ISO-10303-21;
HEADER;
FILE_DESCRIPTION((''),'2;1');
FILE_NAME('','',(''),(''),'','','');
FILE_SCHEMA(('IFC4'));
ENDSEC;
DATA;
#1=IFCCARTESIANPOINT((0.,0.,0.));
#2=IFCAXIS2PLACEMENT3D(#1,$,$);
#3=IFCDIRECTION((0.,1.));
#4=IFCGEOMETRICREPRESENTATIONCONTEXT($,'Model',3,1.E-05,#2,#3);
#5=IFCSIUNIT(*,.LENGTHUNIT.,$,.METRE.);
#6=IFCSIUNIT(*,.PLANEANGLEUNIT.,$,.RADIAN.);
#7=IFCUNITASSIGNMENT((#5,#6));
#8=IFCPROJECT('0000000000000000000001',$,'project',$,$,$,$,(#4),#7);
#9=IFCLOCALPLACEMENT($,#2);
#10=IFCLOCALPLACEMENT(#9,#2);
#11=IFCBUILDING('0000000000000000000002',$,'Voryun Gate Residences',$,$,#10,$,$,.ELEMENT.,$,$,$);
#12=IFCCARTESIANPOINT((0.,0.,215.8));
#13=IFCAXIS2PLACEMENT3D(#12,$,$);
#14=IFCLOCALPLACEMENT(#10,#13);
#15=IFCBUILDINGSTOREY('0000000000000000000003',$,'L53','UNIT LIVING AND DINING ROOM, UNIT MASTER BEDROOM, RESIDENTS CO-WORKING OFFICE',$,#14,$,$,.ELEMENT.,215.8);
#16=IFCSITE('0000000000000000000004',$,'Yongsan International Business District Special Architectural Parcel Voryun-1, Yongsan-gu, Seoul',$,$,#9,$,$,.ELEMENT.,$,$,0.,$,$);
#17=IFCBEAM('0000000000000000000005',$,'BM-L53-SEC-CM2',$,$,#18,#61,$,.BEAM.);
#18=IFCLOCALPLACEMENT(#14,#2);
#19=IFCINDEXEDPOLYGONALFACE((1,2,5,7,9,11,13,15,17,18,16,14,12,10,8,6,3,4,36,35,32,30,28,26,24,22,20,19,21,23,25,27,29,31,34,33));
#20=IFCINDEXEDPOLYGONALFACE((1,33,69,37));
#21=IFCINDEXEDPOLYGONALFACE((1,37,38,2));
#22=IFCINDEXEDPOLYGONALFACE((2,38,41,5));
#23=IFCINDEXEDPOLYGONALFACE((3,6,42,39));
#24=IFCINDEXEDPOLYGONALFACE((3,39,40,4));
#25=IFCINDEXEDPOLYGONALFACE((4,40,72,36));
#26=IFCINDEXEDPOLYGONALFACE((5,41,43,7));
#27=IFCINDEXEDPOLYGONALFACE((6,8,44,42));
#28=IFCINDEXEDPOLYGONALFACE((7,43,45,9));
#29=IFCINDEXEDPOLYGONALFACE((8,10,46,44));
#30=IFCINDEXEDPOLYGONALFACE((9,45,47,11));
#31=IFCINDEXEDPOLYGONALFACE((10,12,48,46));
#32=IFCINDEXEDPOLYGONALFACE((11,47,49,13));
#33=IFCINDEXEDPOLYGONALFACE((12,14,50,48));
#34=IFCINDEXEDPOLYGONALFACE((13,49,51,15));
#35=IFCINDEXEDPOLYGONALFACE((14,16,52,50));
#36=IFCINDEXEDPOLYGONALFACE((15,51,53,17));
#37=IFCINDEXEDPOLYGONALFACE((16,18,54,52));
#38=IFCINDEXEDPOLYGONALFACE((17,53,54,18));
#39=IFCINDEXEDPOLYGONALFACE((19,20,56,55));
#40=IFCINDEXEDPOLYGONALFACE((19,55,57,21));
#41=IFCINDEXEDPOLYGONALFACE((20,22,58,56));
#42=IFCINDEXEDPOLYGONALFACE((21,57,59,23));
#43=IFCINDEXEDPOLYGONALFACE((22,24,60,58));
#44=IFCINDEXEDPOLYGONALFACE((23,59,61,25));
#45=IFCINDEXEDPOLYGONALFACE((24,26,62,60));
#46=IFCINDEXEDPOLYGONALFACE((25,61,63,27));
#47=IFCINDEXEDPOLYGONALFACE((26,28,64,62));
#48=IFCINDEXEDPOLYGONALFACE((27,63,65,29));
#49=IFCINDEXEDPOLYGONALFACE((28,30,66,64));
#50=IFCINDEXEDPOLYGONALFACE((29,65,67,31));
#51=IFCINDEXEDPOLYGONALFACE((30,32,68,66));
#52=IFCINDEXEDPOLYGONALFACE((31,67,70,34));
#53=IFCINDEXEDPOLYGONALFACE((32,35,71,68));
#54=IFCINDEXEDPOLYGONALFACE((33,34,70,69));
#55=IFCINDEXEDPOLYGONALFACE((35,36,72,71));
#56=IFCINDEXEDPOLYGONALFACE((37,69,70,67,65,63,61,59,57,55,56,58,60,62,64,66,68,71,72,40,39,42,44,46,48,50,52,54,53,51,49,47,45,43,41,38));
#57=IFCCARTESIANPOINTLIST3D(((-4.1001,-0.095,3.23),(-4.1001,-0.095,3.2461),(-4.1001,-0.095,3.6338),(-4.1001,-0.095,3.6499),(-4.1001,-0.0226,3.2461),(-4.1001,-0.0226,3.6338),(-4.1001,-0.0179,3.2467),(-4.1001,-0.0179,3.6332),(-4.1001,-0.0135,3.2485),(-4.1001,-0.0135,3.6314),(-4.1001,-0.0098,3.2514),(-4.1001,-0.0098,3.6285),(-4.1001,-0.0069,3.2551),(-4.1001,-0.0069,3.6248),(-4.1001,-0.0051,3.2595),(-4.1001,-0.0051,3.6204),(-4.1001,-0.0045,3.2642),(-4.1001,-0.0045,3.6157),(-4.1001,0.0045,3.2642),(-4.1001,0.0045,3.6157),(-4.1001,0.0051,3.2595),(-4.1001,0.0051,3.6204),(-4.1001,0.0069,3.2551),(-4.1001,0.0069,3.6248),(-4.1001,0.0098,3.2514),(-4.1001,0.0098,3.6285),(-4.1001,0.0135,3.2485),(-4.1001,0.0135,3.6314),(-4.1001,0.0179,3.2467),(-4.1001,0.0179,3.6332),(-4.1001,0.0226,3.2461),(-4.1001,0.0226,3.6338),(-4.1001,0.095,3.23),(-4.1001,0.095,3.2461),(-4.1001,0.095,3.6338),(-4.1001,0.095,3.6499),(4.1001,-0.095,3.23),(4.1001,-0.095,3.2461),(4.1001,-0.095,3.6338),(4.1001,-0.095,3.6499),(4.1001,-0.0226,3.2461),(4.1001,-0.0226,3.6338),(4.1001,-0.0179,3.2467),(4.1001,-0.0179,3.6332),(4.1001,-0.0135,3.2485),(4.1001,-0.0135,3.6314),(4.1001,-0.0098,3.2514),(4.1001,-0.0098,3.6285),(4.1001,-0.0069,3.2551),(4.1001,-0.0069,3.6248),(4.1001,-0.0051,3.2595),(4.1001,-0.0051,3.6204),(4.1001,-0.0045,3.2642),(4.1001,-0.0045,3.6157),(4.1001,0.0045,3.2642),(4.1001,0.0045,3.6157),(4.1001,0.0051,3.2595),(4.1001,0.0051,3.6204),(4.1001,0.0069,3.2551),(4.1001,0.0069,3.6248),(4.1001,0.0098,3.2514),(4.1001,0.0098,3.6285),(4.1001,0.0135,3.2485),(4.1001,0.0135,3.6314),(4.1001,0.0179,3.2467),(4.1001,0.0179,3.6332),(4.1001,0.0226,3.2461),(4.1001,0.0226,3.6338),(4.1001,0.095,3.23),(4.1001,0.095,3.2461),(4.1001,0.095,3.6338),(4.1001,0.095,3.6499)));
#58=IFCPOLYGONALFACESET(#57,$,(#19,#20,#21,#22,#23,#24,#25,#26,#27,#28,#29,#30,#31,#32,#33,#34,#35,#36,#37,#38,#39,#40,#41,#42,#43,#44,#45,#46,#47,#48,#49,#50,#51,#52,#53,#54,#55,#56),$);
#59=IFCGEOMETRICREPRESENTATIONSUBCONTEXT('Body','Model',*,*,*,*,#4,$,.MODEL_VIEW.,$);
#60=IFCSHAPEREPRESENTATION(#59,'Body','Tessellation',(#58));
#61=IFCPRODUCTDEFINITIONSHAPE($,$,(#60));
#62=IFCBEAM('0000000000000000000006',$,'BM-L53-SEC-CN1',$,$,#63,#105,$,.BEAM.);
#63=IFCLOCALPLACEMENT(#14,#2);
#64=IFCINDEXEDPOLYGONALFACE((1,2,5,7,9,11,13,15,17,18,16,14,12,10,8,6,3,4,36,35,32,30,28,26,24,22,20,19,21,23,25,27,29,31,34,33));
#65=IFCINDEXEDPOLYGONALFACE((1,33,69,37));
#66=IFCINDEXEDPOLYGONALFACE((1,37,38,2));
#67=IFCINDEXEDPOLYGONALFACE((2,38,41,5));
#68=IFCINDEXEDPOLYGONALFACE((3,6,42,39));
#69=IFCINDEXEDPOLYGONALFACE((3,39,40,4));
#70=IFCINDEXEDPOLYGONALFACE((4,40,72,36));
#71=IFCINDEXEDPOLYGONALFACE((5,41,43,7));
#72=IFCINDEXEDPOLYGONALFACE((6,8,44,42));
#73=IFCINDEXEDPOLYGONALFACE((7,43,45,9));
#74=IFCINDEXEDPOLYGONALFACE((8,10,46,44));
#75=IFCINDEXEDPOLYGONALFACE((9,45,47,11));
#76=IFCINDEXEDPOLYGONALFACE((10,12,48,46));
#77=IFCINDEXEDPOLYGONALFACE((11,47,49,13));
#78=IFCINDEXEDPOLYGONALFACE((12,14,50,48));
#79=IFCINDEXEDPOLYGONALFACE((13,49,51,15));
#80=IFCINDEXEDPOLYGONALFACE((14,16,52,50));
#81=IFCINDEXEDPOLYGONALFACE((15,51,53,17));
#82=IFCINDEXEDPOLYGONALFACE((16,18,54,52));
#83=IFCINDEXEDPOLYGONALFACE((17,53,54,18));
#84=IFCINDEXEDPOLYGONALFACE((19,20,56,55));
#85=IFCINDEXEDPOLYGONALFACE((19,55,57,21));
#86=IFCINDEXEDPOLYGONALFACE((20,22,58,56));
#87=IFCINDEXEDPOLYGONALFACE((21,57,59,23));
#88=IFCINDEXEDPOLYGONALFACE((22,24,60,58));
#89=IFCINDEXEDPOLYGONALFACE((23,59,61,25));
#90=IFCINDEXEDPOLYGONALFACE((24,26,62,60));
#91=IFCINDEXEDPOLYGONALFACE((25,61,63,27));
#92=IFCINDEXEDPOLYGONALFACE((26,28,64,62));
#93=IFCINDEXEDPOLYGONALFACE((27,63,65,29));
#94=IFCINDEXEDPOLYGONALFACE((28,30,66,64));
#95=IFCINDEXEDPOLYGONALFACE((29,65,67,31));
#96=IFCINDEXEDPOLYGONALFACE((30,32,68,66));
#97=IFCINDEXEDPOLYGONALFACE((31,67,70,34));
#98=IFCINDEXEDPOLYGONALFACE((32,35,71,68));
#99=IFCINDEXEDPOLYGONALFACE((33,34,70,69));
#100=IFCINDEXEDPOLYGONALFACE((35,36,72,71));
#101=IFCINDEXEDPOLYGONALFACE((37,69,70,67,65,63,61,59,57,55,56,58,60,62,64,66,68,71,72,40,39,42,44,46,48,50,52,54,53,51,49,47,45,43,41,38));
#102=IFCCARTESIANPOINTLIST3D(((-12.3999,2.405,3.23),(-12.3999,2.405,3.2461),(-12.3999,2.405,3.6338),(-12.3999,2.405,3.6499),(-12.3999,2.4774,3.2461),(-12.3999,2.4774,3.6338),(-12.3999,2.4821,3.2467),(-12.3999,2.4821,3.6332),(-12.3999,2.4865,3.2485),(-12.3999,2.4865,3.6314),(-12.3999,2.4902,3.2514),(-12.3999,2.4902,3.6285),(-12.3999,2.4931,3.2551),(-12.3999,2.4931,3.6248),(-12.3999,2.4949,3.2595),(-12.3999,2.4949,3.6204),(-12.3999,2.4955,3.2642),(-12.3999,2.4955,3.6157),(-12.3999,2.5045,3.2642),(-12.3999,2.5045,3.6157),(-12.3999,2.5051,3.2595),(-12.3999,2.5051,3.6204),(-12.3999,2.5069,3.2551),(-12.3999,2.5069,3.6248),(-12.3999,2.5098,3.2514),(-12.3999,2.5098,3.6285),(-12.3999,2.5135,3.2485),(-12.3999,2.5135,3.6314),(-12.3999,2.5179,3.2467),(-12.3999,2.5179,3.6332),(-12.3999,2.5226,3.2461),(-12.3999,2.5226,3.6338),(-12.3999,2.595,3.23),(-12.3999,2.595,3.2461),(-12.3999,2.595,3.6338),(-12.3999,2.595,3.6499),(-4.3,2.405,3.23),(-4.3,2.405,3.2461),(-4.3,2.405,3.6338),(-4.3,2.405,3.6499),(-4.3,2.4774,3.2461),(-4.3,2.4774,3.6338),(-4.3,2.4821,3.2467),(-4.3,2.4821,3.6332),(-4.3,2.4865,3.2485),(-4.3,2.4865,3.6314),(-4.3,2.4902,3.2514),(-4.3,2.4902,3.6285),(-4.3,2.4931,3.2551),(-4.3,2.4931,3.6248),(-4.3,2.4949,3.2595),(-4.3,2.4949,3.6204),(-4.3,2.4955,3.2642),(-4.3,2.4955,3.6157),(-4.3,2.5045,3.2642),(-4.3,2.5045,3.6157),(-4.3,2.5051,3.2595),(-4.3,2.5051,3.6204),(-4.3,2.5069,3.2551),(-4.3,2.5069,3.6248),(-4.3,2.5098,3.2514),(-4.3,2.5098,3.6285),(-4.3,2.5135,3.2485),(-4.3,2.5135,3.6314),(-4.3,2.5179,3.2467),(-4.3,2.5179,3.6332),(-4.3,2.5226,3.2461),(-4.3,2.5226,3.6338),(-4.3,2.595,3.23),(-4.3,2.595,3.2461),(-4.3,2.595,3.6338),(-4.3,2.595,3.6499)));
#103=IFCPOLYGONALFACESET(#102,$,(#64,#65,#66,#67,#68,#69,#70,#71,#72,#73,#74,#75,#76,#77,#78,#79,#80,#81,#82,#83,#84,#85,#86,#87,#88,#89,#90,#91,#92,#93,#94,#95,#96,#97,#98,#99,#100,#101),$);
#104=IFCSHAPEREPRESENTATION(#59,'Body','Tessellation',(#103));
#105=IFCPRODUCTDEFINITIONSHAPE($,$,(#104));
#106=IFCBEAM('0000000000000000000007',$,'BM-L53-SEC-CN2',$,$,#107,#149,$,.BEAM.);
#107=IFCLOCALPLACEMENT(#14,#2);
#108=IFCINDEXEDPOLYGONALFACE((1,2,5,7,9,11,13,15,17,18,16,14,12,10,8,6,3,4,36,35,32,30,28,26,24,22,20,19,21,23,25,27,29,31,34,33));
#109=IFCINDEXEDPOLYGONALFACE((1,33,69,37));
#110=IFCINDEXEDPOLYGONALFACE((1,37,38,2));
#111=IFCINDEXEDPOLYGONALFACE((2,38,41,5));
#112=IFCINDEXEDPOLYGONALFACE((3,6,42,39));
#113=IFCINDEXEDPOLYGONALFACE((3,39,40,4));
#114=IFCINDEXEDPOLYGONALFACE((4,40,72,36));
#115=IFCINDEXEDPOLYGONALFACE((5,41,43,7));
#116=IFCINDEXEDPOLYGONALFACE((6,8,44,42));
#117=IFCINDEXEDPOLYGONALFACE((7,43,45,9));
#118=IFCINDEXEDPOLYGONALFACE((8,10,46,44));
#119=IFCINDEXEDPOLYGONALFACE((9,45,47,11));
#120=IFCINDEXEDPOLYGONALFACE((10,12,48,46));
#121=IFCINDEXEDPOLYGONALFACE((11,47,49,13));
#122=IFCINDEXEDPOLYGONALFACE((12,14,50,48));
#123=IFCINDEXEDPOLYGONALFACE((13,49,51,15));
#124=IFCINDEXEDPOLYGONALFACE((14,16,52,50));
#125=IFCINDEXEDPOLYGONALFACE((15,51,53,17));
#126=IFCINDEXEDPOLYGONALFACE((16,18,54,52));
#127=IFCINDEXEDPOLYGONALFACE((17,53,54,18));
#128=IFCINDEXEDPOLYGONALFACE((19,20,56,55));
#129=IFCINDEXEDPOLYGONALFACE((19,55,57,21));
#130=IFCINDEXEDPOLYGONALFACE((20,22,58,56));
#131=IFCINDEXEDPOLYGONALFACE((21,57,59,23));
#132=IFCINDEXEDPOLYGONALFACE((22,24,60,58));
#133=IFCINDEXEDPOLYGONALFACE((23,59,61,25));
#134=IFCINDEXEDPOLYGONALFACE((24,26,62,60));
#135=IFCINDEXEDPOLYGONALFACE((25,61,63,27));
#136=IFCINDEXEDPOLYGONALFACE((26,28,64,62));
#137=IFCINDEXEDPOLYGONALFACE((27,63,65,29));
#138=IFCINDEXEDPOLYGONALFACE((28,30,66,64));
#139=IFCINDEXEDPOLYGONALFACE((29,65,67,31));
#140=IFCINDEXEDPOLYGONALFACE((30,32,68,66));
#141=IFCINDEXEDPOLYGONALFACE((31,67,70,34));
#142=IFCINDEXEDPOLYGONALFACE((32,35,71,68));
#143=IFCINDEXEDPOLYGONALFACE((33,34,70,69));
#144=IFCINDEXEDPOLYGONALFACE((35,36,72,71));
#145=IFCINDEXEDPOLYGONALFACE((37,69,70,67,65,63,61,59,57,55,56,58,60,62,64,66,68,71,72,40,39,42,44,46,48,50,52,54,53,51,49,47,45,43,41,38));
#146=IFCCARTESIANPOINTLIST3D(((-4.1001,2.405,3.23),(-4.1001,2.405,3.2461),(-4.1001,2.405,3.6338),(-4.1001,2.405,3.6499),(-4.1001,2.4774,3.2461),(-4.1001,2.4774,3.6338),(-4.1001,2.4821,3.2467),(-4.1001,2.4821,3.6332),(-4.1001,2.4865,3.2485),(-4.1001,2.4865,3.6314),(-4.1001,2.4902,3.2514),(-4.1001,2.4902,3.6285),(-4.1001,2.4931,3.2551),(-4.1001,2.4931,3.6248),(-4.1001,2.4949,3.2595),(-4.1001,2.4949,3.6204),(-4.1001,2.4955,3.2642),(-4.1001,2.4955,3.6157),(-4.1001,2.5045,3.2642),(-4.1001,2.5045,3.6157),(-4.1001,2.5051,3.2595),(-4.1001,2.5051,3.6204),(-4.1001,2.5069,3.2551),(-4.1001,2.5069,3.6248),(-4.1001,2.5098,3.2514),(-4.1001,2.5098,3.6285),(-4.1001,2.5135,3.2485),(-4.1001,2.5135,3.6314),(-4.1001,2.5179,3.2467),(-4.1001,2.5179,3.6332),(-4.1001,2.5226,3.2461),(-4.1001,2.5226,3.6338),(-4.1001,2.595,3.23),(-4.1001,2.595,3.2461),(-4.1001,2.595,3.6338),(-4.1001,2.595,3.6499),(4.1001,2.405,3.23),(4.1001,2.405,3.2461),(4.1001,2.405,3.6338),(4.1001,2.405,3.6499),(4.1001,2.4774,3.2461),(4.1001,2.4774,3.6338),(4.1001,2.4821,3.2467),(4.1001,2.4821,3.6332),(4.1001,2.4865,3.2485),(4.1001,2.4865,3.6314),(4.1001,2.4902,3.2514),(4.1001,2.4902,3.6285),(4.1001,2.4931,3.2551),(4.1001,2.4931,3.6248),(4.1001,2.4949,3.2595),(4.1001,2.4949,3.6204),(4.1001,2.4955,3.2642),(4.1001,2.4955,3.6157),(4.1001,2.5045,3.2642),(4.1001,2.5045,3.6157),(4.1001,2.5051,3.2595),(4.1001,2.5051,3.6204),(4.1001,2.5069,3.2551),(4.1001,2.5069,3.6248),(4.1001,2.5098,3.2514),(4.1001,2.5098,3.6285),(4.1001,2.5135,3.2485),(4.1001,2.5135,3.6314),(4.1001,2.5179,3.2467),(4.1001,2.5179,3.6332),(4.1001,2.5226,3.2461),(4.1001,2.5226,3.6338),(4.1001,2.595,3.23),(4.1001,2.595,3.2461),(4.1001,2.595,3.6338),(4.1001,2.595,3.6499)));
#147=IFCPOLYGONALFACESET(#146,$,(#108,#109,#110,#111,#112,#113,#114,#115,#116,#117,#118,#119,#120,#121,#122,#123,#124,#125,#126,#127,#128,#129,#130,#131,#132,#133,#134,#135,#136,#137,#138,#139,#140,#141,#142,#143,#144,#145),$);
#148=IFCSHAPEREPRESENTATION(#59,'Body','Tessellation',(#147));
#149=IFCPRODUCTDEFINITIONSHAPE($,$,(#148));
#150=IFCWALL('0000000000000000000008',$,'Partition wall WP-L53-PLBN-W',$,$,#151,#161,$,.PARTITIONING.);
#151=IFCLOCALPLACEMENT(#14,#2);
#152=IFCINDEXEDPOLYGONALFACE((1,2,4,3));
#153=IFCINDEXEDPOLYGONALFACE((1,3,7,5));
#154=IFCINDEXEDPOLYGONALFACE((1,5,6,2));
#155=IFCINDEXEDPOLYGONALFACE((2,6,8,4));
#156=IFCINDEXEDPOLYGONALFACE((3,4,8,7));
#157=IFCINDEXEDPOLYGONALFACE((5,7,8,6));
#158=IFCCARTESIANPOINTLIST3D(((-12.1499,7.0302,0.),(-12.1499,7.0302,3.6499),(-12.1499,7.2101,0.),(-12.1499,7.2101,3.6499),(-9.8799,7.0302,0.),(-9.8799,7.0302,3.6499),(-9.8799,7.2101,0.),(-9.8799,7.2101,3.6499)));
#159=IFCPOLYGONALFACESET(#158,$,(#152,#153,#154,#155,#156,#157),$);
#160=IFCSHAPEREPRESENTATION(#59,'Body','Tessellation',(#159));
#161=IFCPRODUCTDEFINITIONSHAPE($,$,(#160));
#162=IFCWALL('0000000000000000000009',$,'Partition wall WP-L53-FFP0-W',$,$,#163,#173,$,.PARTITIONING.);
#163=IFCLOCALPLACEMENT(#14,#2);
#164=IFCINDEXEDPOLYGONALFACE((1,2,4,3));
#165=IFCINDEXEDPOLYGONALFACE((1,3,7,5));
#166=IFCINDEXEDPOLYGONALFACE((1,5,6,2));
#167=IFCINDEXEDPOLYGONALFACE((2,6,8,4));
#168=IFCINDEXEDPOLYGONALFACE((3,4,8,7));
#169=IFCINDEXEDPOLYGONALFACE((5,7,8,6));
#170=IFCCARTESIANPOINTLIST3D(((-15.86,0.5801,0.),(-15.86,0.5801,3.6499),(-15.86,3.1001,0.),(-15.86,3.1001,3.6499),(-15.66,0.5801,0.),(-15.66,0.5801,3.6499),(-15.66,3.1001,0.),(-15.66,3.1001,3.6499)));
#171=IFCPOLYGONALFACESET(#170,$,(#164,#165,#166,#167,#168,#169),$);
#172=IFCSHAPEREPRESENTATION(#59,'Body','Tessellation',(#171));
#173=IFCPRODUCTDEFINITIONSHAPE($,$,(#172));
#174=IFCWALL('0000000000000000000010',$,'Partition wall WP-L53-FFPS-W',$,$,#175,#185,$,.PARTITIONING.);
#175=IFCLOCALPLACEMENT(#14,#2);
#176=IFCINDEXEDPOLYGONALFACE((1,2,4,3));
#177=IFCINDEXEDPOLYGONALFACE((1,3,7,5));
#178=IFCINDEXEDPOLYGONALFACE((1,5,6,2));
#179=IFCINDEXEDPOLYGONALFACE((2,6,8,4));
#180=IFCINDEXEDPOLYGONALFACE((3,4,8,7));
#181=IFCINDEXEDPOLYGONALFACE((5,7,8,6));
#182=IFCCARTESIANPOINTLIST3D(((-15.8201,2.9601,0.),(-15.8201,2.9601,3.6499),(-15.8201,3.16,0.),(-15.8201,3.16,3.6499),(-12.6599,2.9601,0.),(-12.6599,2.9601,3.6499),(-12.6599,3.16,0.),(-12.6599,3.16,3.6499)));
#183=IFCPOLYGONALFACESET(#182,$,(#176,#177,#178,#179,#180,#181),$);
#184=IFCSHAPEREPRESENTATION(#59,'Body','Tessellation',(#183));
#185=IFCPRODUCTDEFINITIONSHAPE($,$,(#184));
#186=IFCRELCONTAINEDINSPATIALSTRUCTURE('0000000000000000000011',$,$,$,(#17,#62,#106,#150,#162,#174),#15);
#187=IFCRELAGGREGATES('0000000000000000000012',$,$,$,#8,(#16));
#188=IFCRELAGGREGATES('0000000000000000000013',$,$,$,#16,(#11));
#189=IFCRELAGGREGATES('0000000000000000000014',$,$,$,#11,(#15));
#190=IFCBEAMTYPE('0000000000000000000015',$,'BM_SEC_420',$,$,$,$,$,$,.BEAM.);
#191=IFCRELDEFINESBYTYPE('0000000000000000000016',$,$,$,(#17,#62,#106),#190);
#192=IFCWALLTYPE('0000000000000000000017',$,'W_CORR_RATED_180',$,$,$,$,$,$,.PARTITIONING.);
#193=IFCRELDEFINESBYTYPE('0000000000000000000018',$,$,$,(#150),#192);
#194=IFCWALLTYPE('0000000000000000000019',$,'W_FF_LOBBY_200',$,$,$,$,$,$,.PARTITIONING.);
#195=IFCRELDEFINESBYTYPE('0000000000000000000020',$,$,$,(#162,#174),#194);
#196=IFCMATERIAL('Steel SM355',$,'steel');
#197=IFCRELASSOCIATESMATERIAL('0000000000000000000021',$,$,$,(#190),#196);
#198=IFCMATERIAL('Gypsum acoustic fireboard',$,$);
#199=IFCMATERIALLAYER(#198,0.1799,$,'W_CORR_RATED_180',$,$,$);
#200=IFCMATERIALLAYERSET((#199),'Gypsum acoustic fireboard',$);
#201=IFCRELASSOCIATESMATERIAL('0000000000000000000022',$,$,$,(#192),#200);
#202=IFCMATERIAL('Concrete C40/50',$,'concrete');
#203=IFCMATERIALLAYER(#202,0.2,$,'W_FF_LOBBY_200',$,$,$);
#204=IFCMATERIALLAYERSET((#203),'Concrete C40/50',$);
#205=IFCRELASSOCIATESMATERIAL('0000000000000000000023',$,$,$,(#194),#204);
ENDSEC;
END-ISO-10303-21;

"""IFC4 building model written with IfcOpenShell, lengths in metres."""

from ifc_helpers import new_model, si_unit, direction, frame, frame_2d, origin, origin_2d, place, context, subcontext, project, spatial, rectangle, i_section, extrude, material, layer, layer_set, material_profile, profile_set, type_object, element, save


model = new_model("IFC4")

# Units and contexts
model_context = context("Model", 3, precision=1e-05, world=origin(), true_north=direction((0.0, 1.0)))
body_context = subcontext(model_context, "Body", "Model", "MODEL_VIEW")
ifc_project = project(units=[si_unit("LENGTHUNIT", "METRE"), si_unit("PLANEANGLEUNIT", "RADIAN")], contexts=[model_context])

# Site, building, storey
site_placement = place(None, origin())
site = spatial("IfcSite", under=ifc_project, at=site_placement, Name="Yongsan International Business District Special Architectural Parcel Voryun-1, Yongsan-gu, Seoul", CompositionType="ELEMENT", RefElevation=0.0)
building_placement = place(site_placement, origin())
building = spatial("IfcBuilding", under=site, at=building_placement, Name="Voryun Gate Residences", CompositionType="ELEMENT")
storey_placement = place(building_placement, frame((0.0, 0.0, 215.8)))
storey = spatial("IfcBuildingStorey", under=building, at=storey_placement, Name="L53", Description="UNIT LIVING AND DINING ROOM, UNIT MASTER BEDROOM, RESIDENTS CO-WORKING OFFICE", CompositionType="ELEMENT", Elevation=215.8)

# Beams
ifc_material_1 = material(Name="Steel SM355", Category="steel")
ifc_material_profile_1 = material_profile(ifc_material_1, i_section(OverallWidth=0.1899, OverallDepth=0.4199, WebThickness=0.009, FlangeThickness=0.0161, FilletRadius=0.0181, at=origin_2d()), Name="H-420x190x9x16")
ifc_profile_set_1 = profile_set([ifc_material_profile_1], Name="Steel SM355")
beam_type_1 = type_object("IfcBeamType", Name="BM_SEC_420", PredefinedType="BEAM", material=ifc_profile_set_1)
beam_1_placement = place(storey_placement, frame((-4.1001, 0.0, 3.4399), z_axis=(1.0, 0.0, 0.0), x_axis=(0.0, 1.0, 0.0)))
element("IfcBeam", 1, at=beam_1_placement, inside=storey, type_object=beam_type_1, Name="BM-L53-SEC-CM2", PredefinedType="BEAM", context=body_context, shape_type="SweptSolid", body=[
    extrude(i_section(OverallWidth=0.1899, OverallDepth=0.4199, WebThickness=0.009, FlangeThickness=0.0161, FilletRadius=0.0181, at=origin_2d()), origin(), (0.0, 0.0, 1.0), 8.2002),
])
beam_2_placement = place(storey_placement, frame((-12.3999, 2.5, 3.4399), z_axis=(1.0, 0.0, 0.0), x_axis=(0.0, 1.0, 0.0)))
element("IfcBeam", 2, at=beam_2_placement, inside=storey, type_object=beam_type_1, Name="BM-L53-SEC-CN1", PredefinedType="BEAM", context=body_context, shape_type="SweptSolid", body=[
    extrude(i_section(OverallWidth=0.1899, OverallDepth=0.4199, WebThickness=0.009, FlangeThickness=0.0161, FilletRadius=0.0181, at=origin_2d()), origin(), (0.0, 0.0, 1.0), 8.0999),
])
beam_3_placement = place(storey_placement, frame((-4.1001, 2.5, 3.4399), z_axis=(1.0, 0.0, 0.0), x_axis=(0.0, 1.0, 0.0)))
element("IfcBeam", 3, at=beam_3_placement, inside=storey, type_object=beam_type_1, Name="BM-L53-SEC-CN2", PredefinedType="BEAM", context=body_context, shape_type="SweptSolid", body=[
    extrude(i_section(OverallWidth=0.1899, OverallDepth=0.4199, WebThickness=0.009, FlangeThickness=0.0161, FilletRadius=0.0181, at=origin_2d()), origin(), (0.0, 0.0, 1.0), 8.2002),
])

# Walls
ifc_material_2 = material(Name="Gypsum acoustic fireboard")
ifc_layer_1 = layer(ifc_material_2, 0.1799, Name="W_CORR_RATED_180")
ifc_layer_set_1 = layer_set([ifc_layer_1], Name="Gypsum acoustic fireboard")
wall_type_1 = type_object("IfcWallType", Name="W_CORR_RATED_180", PredefinedType="PARTITIONING", material=ifc_layer_set_1)
wall_1_placement = place(storey_placement, frame((-12.1499, 7.1201, 0.0), z_axis=(0.0, 0.0, 1.0), x_axis=(1.0, 0.0, 0.0)))
element("IfcWall", 4, at=wall_1_placement, inside=storey, type_object=wall_type_1, Name="Partition wall WP-L53-PLBN-W", PredefinedType="PARTITIONING", context=body_context, shape_type="SweptSolid", body=[
    extrude(rectangle(XDim=2.27, YDim=0.1799, at=frame_2d((1.135, 0.0))), origin(), (0.0, 0.0, 1.0), 3.6499),
])
ifc_material_3 = material(Name="Concrete C40/50", Category="concrete")
ifc_layer_2 = layer(ifc_material_3, 0.2, Name="W_FF_LOBBY_200")
ifc_layer_set_2 = layer_set([ifc_layer_2], Name="Concrete C40/50")
wall_type_2 = type_object("IfcWallType", Name="W_FF_LOBBY_200", PredefinedType="PARTITIONING", material=ifc_layer_set_2)
wall_2_placement = place(storey_placement, frame((-15.76, 0.5801, 0.0), z_axis=(0.0, 0.0, 1.0), x_axis=(0.0, 1.0, 0.0)))
element("IfcWall", 5, at=wall_2_placement, inside=storey, type_object=wall_type_2, Name="Partition wall WP-L53-FFP0-W", PredefinedType="PARTITIONING", context=body_context, shape_type="SweptSolid", body=[
    extrude(rectangle(XDim=2.52, YDim=0.2, at=frame_2d((1.26, 0.0))), origin(), (0.0, 0.0, 1.0), 3.6499),
])
wall_3_placement = place(storey_placement, frame((-15.8201, 3.0601, 0.0), z_axis=(0.0, 0.0, 1.0), x_axis=(1.0, 0.0, 0.0)))
element("IfcWall", 6, at=wall_3_placement, inside=storey, type_object=wall_type_2, Name="Partition wall WP-L53-FFPS-W", PredefinedType="PARTITIONING", context=body_context, shape_type="SweptSolid", body=[
    extrude(rectangle(XDim=3.1602, YDim=0.2, at=frame_2d((1.5801, 0.0))), origin(), (0.0, 0.0, 1.0), 3.6499),
])

save(model, "model.ifc")
